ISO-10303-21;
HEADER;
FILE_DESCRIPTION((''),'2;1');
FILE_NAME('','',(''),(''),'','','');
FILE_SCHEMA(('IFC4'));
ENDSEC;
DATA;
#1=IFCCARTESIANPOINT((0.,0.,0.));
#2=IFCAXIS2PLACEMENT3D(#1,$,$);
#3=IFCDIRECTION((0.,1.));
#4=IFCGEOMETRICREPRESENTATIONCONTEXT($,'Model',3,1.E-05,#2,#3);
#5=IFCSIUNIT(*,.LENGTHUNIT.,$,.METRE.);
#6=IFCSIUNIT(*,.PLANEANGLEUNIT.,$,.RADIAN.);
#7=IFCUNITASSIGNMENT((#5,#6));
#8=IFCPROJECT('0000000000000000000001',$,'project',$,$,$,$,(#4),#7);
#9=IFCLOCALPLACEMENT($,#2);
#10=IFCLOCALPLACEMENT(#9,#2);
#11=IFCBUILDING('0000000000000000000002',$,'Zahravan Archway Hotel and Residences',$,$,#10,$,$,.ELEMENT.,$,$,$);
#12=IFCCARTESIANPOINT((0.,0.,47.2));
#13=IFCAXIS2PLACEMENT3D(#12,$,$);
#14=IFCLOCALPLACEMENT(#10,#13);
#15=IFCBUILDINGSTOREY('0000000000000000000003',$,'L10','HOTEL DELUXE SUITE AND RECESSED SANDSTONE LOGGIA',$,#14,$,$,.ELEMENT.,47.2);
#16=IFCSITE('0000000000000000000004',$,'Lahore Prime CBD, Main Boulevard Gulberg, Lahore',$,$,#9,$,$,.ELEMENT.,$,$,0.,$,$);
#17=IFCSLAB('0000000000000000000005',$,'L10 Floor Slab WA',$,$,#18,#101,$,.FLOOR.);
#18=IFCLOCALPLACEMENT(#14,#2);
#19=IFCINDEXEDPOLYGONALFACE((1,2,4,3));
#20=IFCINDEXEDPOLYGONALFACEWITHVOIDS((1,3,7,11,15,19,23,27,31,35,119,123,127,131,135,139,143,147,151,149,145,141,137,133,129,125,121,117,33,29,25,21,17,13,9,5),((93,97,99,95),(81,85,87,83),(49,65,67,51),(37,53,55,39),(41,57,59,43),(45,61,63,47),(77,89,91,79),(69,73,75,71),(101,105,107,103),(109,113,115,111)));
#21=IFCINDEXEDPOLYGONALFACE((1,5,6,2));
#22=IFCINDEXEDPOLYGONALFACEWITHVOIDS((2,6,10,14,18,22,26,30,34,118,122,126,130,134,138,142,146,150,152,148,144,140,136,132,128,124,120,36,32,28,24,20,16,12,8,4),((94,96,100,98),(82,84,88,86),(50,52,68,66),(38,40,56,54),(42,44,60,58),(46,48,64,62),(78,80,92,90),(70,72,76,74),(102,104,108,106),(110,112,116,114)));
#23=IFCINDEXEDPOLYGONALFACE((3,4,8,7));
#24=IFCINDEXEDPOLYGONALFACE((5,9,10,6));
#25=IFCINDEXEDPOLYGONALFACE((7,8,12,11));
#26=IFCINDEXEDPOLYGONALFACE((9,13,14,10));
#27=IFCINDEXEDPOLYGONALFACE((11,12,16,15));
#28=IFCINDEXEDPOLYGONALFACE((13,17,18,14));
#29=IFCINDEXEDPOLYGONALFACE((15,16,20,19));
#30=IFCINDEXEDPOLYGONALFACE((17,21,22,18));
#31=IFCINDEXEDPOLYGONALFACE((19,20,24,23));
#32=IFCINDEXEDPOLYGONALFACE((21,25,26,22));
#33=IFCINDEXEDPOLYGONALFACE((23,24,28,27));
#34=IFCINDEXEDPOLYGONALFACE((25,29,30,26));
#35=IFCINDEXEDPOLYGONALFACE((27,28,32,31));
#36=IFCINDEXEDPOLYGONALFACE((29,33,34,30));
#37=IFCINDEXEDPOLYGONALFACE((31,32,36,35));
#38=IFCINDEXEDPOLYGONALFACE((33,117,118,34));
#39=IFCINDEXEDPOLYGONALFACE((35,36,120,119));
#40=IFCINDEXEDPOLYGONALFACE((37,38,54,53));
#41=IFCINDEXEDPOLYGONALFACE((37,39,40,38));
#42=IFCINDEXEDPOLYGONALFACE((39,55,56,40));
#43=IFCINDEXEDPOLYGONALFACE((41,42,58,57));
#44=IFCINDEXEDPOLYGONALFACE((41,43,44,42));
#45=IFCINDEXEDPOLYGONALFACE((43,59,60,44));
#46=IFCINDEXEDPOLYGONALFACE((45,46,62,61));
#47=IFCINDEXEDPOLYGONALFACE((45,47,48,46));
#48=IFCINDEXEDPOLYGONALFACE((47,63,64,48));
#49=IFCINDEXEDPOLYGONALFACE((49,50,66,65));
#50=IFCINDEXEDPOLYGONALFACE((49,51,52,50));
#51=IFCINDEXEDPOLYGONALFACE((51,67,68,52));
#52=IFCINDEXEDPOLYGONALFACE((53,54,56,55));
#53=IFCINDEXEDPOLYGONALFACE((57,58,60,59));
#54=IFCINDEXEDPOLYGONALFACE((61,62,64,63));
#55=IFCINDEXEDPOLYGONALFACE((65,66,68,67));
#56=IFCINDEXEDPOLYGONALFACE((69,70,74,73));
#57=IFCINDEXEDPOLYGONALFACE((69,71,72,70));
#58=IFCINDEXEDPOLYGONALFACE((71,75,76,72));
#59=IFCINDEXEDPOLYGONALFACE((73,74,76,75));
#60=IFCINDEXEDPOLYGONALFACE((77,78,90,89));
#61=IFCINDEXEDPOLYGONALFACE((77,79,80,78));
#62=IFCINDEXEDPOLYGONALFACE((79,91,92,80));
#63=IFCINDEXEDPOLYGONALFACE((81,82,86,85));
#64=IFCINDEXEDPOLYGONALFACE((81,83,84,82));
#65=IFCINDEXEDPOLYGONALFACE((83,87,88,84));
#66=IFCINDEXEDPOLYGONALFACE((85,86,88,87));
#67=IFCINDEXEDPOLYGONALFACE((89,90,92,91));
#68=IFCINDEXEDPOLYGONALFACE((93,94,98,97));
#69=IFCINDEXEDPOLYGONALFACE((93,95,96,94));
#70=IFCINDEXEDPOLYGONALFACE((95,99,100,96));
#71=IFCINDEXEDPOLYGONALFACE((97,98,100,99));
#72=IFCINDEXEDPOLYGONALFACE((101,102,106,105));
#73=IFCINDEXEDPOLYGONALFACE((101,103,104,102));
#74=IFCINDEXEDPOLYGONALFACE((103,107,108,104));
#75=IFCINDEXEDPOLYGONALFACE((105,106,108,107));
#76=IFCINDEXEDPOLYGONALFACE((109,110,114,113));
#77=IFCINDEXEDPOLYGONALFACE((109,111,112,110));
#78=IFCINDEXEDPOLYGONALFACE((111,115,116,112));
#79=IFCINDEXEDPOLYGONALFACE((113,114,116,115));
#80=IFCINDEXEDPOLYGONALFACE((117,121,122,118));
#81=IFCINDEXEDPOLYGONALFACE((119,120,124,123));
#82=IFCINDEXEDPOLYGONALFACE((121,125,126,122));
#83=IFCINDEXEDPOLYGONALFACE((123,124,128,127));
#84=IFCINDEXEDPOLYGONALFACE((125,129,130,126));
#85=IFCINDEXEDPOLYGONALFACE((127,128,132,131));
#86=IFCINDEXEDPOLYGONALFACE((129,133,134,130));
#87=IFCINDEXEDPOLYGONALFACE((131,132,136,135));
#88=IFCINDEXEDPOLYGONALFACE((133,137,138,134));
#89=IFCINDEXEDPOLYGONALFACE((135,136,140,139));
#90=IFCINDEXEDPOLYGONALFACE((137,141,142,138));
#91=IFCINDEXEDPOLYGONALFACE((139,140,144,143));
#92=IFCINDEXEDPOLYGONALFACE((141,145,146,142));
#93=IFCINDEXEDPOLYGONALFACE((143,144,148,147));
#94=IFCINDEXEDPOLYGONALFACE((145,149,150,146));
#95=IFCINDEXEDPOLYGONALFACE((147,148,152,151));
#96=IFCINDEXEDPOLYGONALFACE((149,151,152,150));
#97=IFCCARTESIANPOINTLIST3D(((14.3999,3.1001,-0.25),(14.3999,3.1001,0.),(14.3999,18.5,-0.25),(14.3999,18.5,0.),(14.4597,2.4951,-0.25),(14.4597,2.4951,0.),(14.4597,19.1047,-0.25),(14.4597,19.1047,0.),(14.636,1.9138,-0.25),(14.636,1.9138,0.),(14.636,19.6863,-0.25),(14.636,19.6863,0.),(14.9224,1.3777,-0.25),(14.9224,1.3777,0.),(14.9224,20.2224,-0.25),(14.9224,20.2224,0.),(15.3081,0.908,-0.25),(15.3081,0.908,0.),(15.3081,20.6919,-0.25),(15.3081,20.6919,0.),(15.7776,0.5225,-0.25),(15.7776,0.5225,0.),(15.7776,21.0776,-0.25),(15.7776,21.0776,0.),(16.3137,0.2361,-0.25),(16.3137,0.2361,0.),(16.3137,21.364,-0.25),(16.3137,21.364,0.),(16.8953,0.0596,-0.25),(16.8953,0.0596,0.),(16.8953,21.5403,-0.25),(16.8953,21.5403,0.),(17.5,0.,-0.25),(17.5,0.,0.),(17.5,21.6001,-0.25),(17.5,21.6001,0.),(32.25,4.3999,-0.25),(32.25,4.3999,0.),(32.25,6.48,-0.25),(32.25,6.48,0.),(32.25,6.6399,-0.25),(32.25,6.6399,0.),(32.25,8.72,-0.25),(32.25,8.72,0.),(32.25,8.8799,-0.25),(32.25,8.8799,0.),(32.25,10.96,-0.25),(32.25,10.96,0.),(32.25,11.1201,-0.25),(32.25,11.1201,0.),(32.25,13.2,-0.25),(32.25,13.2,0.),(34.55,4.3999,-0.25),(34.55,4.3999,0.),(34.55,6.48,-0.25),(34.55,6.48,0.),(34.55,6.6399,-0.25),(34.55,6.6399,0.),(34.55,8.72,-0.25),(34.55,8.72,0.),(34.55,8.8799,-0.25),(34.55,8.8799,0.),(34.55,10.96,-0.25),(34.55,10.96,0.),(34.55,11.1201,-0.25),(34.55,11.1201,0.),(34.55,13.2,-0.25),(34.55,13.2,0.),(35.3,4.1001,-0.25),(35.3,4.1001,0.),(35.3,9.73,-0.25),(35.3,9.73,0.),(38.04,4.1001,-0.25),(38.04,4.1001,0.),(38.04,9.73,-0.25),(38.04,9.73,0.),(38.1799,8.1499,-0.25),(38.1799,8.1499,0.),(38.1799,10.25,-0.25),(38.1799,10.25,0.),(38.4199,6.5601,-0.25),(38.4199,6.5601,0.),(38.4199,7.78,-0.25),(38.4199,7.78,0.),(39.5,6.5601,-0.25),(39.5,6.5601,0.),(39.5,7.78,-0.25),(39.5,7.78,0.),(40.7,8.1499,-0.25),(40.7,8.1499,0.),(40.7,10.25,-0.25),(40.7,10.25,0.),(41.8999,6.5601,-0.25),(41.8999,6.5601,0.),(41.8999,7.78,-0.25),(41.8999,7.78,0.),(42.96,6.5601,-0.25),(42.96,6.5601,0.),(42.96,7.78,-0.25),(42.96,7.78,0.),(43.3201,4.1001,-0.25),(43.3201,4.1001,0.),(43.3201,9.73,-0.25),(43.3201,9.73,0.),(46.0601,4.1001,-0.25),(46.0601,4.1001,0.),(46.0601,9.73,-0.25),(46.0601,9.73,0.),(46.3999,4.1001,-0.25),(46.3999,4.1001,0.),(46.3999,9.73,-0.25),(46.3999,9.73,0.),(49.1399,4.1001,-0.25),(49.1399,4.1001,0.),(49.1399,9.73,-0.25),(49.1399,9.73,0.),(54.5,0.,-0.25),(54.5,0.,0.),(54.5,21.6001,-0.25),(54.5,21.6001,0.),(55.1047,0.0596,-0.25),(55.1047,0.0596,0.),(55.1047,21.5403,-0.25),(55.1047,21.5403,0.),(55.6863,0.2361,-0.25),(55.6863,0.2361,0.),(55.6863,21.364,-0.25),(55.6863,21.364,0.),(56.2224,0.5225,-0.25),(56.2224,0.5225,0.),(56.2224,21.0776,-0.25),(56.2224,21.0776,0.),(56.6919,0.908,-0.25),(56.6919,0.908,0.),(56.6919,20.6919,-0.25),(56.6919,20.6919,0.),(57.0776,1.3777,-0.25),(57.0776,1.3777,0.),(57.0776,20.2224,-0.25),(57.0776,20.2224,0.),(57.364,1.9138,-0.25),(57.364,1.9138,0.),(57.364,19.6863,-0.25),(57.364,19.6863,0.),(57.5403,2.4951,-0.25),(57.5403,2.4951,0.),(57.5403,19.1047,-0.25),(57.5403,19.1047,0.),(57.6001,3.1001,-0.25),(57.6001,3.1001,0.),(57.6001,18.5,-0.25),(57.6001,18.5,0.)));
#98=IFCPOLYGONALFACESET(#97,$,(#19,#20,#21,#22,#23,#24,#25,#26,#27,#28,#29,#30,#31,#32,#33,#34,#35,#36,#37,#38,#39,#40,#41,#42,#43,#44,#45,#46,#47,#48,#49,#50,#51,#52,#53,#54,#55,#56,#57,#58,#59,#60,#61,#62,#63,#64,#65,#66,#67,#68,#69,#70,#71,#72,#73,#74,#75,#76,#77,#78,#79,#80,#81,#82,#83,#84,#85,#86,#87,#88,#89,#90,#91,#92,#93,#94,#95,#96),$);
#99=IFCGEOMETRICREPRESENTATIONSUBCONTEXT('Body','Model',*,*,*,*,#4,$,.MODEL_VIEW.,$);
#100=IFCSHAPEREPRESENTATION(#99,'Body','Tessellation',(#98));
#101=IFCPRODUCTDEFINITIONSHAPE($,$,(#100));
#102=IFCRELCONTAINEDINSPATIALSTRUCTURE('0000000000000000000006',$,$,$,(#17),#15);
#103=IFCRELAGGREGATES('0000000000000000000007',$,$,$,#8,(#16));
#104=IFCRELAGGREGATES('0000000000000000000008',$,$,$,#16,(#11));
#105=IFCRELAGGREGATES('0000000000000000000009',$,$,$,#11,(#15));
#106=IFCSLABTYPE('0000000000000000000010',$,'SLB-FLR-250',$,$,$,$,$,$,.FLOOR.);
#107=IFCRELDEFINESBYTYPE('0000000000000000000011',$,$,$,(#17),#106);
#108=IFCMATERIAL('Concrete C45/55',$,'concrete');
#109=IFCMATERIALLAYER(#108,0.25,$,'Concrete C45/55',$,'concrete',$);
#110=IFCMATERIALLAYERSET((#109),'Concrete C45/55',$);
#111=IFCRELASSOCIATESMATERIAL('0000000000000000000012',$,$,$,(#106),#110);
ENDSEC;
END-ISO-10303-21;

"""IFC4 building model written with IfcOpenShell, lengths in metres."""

from ifc_helpers import new_model, si_unit, direction, frame, origin, place, context, subcontext, project, spatial, polyline, outline, extrude, material, layer, layer_set, type_object, element, save


model = new_model("IFC4")

# Units and contexts
model_context = context("Model", 3, precision=1e-05, world=origin(), true_north=direction((0.0, 1.0)))
body_context = subcontext(model_context, "Body", "Model", "MODEL_VIEW")
ifc_project = project(units=[si_unit("LENGTHUNIT", "METRE"), si_unit("PLANEANGLEUNIT", "RADIAN")], contexts=[model_context])

# Site, building, storey
site_placement = place(None, origin())
site = spatial("IfcSite", under=ifc_project, at=site_placement, Name="Lahore Prime CBD, Main Boulevard Gulberg, Lahore", CompositionType="ELEMENT", RefElevation=0.0)
building_placement = place(site_placement, origin())
building = spatial("IfcBuilding", under=site, at=building_placement, Name="Zahravan Archway Hotel and Residences", CompositionType="ELEMENT")
storey_placement = place(building_placement, frame((0.0, 0.0, 47.2)))
storey = spatial("IfcBuildingStorey", under=building, at=storey_placement, Name="L10", Description="HOTEL DELUXE SUITE AND RECESSED SANDSTONE LOGGIA", CompositionType="ELEMENT", Elevation=47.2)

# Slab
ifc_material_1 = material(Name="Concrete C45/55", Category="concrete")
ifc_layer_1 = layer(ifc_material_1, 0.25, Name="Concrete C45/55", Category="concrete")
ifc_layer_set_1 = layer_set([ifc_layer_1], Name="Concrete C45/55")
slab_type_1 = type_object("IfcSlabType", Name="SLB-FLR-250", PredefinedType="FLOOR", material=ifc_layer_set_1)
slab_1_placement = place(storey_placement, frame((0.0, 0.0, -0.25)))
element("IfcSlab", 1, at=slab_1_placement, inside=storey, type_object=slab_type_1, Name="L10 Floor Slab WA", PredefinedType="FLOOR", context=body_context, shape_type="SweptSolid", body=[
    extrude(outline(polyline([(54.5, 0.0), (55.1047, 0.0596), (55.6863, 0.2361), (56.2224, 0.5225), (56.6919, 0.908), (57.0776, 1.3777), (57.364, 1.9138), (57.5403, 2.4951), (57.6001, 3.1001), (57.6001, 18.5), (57.5403, 19.1047), (57.364, 19.6863), (57.0776, 20.2224), (56.6919, 20.6919), (56.2224, 21.0776), (55.6863, 21.364), (55.1047, 21.5403), (54.5, 21.6001), (17.5, 21.6001), (16.8953, 21.5403), (16.3137, 21.364), (15.7776, 21.0776), (15.3081, 20.6919), (14.9224, 20.2224), (14.636, 19.6863), (14.4597, 19.1047), (14.3999, 18.5), (14.3999, 3.1001), (14.4597, 2.4951), (14.636, 1.9138), (14.9224, 1.3777), (15.3081, 0.908), (15.7776, 0.5225), (16.3137, 0.2361), (16.8953, 0.0596), (17.5, 0.0), (54.5, 0.0)]), holes=[polyline([(35.3, 9.73), (35.3, 4.1001), (38.04, 4.1001), (38.04, 9.73), (35.3, 9.73)]), polyline([(43.3201, 9.73), (43.3201, 4.1001), (46.0601, 4.1001), (46.0601, 9.73), (43.3201, 9.73)]), polyline([(46.3999, 9.73), (46.3999, 4.1001), (49.1399, 4.1001), (49.1399, 9.73), (46.3999, 9.73)]), polyline([(38.1799, 8.1499), (40.7, 8.1499), (40.7, 10.25), (38.1799, 10.25), (38.1799, 8.1499)]), polyline([(32.25, 4.3999), (34.55, 4.3999), (34.55, 6.48), (32.25, 6.48), (32.25, 4.3999)]), polyline([(32.25, 6.6399), (34.55, 6.6399), (34.55, 8.72), (32.25, 8.72), (32.25, 6.6399)]), polyline([(32.25, 8.8799), (34.55, 8.8799), (34.55, 10.96), (32.25, 10.96), (32.25, 8.8799)]), polyline([(32.25, 11.1201), (34.55, 11.1201), (34.55, 13.2), (32.25, 13.2), (32.25, 11.1201)]), polyline([(38.4199, 6.5601), (39.5, 6.5601), (39.5, 7.78), (38.4199, 7.78), (38.4199, 6.5601)]), polyline([(41.8999, 6.5601), (42.96, 6.5601), (42.96, 7.78), (41.8999, 7.78), (41.8999, 6.5601)])]), origin(), (0.0, 0.0, 1.0), 0.25),
])

save(model, "model.ifc")
